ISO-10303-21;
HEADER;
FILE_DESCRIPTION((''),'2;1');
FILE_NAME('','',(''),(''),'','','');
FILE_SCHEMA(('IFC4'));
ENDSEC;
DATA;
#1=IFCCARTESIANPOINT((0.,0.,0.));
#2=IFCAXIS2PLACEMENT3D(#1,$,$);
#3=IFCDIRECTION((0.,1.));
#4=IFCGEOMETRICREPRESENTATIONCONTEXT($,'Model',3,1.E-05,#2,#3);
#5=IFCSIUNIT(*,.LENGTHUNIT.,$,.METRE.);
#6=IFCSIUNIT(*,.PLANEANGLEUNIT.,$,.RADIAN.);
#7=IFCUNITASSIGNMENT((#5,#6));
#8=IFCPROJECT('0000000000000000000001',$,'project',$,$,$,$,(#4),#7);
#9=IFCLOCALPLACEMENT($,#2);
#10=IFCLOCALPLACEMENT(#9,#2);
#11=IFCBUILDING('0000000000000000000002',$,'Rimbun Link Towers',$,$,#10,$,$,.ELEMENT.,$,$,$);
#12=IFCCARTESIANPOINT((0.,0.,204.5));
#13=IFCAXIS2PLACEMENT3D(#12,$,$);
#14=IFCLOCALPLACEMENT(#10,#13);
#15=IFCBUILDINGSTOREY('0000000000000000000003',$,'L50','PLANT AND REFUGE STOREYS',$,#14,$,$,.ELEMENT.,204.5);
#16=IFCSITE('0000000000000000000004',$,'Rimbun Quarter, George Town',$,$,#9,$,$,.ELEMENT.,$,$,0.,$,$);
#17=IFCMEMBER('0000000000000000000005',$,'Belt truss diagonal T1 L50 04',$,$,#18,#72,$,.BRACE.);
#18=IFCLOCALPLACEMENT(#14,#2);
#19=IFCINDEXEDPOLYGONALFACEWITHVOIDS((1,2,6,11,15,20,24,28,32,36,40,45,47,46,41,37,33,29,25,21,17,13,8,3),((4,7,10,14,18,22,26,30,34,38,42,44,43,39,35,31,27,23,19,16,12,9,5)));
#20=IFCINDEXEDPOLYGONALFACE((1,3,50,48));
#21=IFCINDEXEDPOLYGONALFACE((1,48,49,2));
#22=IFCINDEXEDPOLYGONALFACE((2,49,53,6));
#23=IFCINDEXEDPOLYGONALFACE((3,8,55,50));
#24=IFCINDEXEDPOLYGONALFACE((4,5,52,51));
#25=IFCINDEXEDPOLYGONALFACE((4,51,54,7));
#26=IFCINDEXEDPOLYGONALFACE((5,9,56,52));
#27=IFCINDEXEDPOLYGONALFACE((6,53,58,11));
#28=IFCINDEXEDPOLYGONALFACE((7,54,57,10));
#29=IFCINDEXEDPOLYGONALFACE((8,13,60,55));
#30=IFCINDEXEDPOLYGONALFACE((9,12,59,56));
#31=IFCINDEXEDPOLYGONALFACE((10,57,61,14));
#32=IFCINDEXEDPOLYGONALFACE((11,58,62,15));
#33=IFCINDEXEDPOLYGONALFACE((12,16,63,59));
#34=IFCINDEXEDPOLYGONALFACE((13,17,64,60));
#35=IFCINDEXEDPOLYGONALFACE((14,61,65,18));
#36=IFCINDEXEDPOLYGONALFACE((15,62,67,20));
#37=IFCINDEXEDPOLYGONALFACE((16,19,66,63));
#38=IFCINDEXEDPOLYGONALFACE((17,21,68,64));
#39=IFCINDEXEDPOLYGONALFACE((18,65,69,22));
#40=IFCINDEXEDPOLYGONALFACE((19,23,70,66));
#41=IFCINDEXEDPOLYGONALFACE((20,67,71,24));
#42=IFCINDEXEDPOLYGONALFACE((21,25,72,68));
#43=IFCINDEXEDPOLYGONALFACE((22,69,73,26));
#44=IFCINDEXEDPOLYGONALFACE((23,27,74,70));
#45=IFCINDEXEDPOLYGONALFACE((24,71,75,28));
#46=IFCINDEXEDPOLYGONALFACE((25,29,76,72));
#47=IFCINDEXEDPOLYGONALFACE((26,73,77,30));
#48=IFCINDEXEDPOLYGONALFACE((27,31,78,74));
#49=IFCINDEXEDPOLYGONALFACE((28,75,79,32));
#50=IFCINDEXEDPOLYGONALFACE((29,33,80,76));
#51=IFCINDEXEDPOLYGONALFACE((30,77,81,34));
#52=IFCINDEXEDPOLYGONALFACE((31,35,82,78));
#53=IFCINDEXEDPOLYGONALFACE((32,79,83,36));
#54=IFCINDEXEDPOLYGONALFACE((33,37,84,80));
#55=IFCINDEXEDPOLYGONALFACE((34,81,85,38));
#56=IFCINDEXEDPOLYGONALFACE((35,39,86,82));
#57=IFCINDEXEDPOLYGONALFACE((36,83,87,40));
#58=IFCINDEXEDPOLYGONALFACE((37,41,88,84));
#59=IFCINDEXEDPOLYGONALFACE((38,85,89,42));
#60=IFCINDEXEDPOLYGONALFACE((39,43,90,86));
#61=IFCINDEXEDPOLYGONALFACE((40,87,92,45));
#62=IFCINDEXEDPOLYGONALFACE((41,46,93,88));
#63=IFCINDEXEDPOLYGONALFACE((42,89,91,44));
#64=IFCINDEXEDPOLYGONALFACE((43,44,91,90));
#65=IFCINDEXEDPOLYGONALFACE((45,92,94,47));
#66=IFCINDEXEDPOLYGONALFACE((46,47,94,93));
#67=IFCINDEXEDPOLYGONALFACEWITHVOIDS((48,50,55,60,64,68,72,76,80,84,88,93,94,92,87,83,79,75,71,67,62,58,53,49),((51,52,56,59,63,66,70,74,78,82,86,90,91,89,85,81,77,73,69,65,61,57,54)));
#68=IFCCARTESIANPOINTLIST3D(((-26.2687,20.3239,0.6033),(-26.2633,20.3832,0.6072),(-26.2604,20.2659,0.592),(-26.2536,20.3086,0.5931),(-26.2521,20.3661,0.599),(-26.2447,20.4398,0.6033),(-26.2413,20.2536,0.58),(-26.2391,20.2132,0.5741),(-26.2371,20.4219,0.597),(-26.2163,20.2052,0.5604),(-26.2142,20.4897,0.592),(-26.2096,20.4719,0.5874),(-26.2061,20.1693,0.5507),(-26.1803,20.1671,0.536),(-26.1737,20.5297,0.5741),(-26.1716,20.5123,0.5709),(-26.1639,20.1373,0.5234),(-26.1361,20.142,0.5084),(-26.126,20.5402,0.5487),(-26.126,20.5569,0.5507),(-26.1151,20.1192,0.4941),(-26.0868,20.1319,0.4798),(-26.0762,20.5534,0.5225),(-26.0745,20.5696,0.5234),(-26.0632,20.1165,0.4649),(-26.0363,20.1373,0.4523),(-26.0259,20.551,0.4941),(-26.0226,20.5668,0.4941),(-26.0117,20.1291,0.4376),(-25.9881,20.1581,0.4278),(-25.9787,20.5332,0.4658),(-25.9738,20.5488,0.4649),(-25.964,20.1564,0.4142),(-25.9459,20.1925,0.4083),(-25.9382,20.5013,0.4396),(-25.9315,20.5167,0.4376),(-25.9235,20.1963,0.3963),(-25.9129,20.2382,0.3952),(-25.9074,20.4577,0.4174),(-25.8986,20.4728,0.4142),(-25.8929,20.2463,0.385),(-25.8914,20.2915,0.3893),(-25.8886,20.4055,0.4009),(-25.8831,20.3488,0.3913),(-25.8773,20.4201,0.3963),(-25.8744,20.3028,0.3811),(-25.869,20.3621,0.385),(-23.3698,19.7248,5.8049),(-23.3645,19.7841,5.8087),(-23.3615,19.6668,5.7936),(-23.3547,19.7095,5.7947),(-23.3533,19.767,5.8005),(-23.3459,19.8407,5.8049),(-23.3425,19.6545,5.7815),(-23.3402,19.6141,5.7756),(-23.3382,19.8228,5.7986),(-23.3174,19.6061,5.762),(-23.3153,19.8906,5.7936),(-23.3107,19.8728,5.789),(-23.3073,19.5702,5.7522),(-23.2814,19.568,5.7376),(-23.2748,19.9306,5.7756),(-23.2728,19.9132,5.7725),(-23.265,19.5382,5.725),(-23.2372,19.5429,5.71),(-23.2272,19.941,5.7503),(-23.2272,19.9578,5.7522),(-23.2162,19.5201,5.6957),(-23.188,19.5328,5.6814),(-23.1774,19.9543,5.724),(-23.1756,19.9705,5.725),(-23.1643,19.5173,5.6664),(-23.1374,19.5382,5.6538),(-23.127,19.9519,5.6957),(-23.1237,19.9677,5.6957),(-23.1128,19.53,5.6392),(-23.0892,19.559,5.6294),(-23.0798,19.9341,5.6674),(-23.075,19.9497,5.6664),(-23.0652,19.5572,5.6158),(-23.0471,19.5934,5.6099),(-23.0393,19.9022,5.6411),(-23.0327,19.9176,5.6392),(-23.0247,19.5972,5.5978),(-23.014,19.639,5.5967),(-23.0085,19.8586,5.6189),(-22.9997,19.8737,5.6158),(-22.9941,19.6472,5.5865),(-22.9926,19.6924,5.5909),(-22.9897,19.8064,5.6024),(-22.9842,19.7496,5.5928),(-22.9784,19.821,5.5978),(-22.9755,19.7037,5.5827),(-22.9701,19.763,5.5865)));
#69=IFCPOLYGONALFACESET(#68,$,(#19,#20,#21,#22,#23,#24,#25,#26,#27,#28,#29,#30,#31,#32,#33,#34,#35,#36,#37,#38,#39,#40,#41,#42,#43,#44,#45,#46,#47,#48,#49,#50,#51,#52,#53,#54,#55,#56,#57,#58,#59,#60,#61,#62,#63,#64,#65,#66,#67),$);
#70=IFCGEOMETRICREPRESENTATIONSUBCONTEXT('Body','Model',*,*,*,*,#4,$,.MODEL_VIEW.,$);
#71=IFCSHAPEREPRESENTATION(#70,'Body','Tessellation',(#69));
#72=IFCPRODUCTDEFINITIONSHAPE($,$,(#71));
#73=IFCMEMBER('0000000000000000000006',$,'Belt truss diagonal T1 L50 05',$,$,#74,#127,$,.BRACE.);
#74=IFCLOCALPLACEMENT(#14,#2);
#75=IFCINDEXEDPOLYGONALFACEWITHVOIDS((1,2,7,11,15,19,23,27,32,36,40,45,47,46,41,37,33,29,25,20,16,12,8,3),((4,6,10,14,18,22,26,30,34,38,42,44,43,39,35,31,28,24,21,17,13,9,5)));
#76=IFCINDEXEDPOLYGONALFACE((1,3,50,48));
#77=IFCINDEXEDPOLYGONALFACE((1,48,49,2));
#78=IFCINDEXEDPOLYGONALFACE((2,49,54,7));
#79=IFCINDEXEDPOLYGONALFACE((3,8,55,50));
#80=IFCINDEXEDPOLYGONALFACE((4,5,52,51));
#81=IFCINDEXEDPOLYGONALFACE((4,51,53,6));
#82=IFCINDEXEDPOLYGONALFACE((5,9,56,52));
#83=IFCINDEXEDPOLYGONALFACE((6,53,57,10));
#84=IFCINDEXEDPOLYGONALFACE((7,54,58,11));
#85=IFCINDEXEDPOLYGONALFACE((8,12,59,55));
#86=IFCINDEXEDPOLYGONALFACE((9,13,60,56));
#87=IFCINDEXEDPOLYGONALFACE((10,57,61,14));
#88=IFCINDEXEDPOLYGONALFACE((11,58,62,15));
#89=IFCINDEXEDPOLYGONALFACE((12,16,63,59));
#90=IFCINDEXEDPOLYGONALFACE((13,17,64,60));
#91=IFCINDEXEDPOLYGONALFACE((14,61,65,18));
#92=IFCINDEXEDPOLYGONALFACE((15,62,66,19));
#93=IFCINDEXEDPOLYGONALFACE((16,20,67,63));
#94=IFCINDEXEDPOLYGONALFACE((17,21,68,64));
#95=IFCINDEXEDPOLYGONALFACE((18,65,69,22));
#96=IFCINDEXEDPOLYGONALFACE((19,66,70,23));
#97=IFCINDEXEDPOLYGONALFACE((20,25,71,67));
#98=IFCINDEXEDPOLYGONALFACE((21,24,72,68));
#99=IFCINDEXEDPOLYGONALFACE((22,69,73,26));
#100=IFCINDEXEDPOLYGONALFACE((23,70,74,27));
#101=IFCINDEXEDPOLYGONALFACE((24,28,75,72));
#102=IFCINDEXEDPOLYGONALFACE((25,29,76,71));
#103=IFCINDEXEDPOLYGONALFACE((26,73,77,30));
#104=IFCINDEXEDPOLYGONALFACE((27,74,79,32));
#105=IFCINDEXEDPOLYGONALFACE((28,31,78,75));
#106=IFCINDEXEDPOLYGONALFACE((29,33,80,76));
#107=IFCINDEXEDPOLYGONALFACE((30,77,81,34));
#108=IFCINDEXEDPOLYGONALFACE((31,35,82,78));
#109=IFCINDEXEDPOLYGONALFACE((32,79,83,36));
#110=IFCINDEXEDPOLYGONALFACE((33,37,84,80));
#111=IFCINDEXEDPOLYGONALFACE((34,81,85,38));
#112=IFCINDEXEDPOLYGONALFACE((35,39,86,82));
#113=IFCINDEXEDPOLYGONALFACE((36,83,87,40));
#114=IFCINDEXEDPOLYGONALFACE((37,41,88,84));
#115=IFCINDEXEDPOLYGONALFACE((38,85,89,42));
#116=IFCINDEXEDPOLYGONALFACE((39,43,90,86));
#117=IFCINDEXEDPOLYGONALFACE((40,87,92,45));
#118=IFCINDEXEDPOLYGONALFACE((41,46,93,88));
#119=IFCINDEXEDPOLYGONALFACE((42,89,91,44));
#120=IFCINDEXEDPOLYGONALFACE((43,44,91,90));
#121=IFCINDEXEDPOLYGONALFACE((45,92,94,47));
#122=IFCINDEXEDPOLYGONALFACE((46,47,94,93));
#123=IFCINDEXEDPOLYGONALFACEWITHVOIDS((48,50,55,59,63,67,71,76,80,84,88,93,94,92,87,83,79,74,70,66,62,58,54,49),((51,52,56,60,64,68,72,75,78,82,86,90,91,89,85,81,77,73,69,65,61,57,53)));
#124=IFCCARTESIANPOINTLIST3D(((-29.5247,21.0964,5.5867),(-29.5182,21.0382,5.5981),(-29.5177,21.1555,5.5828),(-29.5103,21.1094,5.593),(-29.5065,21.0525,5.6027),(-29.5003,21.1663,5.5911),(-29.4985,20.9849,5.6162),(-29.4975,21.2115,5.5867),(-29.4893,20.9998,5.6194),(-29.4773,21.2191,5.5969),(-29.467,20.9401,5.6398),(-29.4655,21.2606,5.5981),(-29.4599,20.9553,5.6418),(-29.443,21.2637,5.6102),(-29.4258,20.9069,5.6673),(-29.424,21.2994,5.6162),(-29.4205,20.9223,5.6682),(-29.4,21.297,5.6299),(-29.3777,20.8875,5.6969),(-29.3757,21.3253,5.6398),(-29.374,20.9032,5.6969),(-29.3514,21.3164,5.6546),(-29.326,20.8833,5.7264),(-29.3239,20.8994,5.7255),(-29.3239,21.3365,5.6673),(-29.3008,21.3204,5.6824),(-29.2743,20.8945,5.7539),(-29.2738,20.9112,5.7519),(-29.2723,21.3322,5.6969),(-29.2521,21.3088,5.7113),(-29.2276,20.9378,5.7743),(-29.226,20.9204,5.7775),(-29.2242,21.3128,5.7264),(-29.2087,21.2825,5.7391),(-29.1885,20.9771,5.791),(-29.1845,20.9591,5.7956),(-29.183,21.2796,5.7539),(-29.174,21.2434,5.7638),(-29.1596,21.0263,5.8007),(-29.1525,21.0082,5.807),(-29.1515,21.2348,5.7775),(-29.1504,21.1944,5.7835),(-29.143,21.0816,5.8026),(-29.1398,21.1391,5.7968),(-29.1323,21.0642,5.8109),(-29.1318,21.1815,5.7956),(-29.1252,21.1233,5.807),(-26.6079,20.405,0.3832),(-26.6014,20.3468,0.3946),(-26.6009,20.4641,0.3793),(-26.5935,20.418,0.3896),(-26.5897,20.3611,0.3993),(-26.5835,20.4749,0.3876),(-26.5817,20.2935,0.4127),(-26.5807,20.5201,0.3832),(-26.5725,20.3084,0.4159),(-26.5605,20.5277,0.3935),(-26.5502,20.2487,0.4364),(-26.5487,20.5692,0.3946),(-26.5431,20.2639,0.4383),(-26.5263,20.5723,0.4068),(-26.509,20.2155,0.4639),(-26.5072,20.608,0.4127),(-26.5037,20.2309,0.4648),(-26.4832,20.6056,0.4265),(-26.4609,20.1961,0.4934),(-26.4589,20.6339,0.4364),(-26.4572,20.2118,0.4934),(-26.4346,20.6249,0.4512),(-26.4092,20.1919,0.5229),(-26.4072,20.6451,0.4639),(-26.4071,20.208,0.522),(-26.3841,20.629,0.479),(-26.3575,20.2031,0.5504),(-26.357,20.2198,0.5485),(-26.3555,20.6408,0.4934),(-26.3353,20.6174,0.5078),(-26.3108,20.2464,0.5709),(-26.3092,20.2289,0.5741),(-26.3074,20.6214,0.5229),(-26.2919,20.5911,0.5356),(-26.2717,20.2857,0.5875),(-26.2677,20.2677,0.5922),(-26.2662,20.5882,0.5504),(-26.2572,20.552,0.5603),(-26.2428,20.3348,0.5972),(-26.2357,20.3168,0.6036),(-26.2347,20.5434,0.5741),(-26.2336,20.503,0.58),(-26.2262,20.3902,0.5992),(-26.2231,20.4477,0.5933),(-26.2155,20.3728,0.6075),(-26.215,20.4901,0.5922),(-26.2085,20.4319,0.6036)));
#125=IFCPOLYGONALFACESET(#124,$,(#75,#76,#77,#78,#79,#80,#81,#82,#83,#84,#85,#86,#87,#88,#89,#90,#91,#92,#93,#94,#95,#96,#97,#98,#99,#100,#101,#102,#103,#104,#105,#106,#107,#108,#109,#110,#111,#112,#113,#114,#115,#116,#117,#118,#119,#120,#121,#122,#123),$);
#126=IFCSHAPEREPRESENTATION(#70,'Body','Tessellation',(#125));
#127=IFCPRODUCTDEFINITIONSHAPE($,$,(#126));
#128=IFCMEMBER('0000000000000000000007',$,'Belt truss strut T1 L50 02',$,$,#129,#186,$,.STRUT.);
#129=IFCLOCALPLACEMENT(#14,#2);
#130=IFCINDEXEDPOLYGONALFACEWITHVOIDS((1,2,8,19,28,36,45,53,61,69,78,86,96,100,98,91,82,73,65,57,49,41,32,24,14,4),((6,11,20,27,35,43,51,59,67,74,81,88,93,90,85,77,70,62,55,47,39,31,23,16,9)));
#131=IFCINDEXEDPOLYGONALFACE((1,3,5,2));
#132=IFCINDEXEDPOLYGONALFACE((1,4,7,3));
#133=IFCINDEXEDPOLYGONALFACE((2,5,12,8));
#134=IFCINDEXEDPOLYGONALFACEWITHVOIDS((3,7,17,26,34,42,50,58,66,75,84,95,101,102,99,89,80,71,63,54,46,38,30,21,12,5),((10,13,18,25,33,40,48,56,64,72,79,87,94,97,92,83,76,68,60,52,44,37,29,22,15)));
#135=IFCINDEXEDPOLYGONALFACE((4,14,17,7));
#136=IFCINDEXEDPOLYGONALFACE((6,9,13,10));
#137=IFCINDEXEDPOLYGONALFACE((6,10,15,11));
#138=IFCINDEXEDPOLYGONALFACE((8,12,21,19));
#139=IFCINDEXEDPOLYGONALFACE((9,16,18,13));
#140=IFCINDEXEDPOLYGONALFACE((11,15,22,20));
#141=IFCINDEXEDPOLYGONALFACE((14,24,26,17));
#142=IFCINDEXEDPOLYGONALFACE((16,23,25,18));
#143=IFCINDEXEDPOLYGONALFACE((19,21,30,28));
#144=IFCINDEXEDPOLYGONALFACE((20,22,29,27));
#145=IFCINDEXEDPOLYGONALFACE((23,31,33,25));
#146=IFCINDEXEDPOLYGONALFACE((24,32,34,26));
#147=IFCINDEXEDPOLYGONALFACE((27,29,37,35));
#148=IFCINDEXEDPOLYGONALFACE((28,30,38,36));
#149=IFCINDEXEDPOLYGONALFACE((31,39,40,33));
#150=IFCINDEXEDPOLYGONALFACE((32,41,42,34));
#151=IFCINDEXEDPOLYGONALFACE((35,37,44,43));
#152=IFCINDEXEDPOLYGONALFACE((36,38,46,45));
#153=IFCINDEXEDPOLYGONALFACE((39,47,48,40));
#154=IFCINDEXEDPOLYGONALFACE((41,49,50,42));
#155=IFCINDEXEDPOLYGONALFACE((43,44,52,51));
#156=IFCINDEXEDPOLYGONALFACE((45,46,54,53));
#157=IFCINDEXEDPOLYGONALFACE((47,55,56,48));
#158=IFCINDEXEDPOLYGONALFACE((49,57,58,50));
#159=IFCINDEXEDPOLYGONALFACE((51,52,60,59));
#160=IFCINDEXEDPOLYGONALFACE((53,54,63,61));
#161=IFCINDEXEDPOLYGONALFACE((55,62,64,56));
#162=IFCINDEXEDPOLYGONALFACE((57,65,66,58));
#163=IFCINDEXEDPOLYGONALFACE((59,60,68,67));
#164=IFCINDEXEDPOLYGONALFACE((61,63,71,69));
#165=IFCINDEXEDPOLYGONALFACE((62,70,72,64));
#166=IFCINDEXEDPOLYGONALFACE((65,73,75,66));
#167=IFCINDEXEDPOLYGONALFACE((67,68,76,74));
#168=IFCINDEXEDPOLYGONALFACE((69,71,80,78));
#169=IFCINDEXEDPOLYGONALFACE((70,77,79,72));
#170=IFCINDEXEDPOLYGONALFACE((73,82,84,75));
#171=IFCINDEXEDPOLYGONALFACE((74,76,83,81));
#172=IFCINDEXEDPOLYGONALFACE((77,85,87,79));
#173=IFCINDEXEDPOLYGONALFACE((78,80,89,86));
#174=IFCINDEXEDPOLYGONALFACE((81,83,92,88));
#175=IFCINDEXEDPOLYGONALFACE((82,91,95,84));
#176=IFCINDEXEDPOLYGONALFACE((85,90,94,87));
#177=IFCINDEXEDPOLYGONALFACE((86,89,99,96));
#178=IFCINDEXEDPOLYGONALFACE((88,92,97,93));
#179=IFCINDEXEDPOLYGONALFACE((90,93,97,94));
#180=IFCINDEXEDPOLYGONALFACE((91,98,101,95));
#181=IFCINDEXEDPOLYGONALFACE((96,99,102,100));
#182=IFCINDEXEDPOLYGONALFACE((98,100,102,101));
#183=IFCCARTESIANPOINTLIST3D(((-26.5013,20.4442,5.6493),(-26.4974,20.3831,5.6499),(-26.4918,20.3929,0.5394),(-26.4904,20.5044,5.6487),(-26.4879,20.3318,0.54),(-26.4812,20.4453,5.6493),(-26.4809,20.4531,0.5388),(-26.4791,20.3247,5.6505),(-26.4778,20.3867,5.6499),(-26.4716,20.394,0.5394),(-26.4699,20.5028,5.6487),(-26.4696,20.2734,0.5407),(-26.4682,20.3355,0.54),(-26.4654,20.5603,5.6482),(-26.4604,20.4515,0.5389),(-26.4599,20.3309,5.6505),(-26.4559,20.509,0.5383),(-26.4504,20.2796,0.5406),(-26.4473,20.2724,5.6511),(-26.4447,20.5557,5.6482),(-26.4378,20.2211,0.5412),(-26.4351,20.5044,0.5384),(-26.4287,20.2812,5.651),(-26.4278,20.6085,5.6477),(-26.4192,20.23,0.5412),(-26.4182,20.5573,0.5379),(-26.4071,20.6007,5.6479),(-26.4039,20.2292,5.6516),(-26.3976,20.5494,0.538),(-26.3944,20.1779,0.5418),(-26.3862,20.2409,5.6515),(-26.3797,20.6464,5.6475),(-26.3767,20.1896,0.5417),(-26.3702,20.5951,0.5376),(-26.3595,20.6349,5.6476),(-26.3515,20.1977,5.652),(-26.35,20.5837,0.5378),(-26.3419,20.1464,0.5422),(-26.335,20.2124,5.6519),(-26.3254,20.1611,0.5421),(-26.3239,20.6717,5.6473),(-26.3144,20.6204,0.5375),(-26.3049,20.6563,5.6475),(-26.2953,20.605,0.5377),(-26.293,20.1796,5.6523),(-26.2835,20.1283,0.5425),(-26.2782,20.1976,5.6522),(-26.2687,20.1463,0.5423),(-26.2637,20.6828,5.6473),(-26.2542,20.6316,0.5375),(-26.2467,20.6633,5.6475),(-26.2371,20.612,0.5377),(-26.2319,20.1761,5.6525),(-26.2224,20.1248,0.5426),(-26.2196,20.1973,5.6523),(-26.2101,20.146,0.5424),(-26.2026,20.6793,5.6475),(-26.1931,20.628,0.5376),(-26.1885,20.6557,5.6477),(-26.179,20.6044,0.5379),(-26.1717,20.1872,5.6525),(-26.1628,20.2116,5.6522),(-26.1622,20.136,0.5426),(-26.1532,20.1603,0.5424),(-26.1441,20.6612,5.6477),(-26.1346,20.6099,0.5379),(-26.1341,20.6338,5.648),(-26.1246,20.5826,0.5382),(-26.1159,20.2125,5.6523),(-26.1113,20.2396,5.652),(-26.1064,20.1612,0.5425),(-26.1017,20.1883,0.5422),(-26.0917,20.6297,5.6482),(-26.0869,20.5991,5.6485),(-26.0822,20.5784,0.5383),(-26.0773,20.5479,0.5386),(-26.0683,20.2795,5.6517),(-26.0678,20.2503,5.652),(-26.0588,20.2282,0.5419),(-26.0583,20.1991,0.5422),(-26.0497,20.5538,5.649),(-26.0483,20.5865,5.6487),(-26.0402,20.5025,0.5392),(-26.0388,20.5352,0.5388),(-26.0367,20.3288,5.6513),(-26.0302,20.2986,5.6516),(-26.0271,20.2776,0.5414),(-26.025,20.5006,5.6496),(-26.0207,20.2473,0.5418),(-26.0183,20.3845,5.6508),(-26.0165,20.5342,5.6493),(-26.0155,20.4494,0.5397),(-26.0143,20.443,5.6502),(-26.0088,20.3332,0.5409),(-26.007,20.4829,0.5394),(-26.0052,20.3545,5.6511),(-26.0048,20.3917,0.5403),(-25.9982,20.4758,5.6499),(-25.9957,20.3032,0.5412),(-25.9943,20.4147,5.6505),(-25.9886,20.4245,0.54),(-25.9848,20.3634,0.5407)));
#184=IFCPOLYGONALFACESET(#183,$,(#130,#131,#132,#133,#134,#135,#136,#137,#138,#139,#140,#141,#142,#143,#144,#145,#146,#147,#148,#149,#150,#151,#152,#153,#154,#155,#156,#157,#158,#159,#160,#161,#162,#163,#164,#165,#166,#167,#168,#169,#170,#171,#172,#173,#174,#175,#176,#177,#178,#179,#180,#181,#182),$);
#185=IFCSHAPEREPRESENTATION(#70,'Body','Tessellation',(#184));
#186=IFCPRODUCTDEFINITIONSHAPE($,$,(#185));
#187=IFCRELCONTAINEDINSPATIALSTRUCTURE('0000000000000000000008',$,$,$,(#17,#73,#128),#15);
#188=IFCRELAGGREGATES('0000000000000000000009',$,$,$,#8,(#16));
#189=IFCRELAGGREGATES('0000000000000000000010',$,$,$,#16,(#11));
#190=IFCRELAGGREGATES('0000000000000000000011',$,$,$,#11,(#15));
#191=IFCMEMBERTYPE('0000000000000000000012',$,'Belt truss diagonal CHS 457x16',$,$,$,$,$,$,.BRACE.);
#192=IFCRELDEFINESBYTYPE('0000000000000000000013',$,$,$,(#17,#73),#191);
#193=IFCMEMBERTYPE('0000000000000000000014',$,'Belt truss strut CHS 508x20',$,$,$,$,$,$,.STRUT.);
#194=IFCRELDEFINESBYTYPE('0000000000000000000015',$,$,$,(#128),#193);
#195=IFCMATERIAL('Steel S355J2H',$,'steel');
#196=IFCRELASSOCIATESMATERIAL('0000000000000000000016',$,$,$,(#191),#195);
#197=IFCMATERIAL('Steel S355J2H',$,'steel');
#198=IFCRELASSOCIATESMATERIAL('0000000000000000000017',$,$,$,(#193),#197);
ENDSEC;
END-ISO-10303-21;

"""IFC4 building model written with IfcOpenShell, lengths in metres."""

from ifc_helpers import new_model, si_unit, direction, frame, origin, origin_2d, place, context, subcontext, project, spatial, hollow_circle, extrude, material, material_profile, profile_set, type_object, element, save


model = new_model("IFC4")

# Units and contexts
model_context = context("Model", 3, precision=1e-05, world=origin(), true_north=direction((0.0, 1.0)))
body_context = subcontext(model_context, "Body", "Model", "MODEL_VIEW")
ifc_project = project(units=[si_unit("LENGTHUNIT", "METRE"), si_unit("PLANEANGLEUNIT", "RADIAN")], contexts=[model_context])

# Site, building, storey
site_placement = place(None, origin())
site = spatial("IfcSite", under=ifc_project, at=site_placement, Name="Rimbun Quarter, George Town", CompositionType="ELEMENT", RefElevation=0.0)
building_placement = place(site_placement, origin())
building = spatial("IfcBuilding", under=site, at=building_placement, Name="Rimbun Link Towers", CompositionType="ELEMENT")
storey_placement = place(building_placement, frame((0.0, 0.0, 204.5)))
storey = spatial("IfcBuildingStorey", under=building, at=storey_placement, Name="L50", Description="PLANT AND REFUGE STOREYS", CompositionType="ELEMENT", Elevation=204.5)

# Members
ifc_material_1 = material(Name="Steel S355J2H", Category="steel")
ifc_material_profile_1 = material_profile(ifc_material_1, hollow_circle(Radius=0.2285, WallThickness=0.0161, at=origin_2d()), Name="Belt truss diagonal CHS 457x16")
ifc_profile_set_1 = profile_set([ifc_material_profile_1], Name="Steel S355J2H")
member_type_1 = type_object("IfcMemberType", Name="Belt truss diagonal CHS 457x16", PredefinedType="BRACE", material=ifc_profile_set_1)
member_1_placement = place(storey_placement, frame((-26.0688, 20.343, 0.4941), z_axis=(0.484367, -0.100104, 0.869119), x_axis=(0.202393, 0.979304, 0.0)))
element("IfcMember", 1, at=member_1_placement, inside=storey, type_object=member_type_1, Name="Belt truss diagonal T1 L50 04", PredefinedType="BRACE", context=body_context, shape_type="SweptSolid", body=[
    extrude(hollow_circle(Radius=0.2285, WallThickness=0.0161, at=origin_2d()), origin(), (0.0, 0.0, 1.0), 5.9849),
])
member_2_placement = place(storey_placement, frame((-26.4082, 20.4185, 0.4934), z_axis=(-0.485717, 0.115138, 0.8665), x_axis=(-0.230655, -0.973036, 0.0)))
element("IfcMember", 2, at=member_2_placement, inside=storey, type_object=member_type_1, Name="Belt truss diagonal T1 L50 05", PredefinedType="BRACE", context=body_context, shape_type="SweptSolid", body=[
    extrude(hollow_circle(Radius=0.2285, WallThickness=0.0161, at=origin_2d()), origin(), (0.0, 0.0, 1.0), 6.0051),
])
ifc_material_2 = material(Name="Steel S355J2H", Category="steel")
ifc_material_profile_2 = material_profile(ifc_material_2, hollow_circle(Radius=0.2539, WallThickness=0.02, at=origin_2d()), Name="Belt truss strut CHS 508x20")
ifc_profile_set_2 = profile_set([ifc_material_profile_2], Name="Steel S355J2H")
member_type_2 = type_object("IfcMemberType", Name="Belt truss strut CHS 508x20", PredefinedType="STRUT", material=ifc_profile_set_2)
member_3_placement = place(storey_placement, frame((-26.2383, 20.3782, 0.54), z_axis=(-0.001863, 0.010033, 0.999948), x_axis=(-0.983189, -0.182592, 0.0)))
element("IfcMember", 3, at=member_3_placement, inside=storey, type_object=member_type_2, Name="Belt truss strut T1 L50 02", PredefinedType="STRUT", context=body_context, shape_type="SweptSolid", body=[
    extrude(hollow_circle(Radius=0.2539, WallThickness=0.02, at=origin_2d()), origin(), (0.0, 0.0, 1.0), 5.1101),
])

save(model, "model.ifc")
